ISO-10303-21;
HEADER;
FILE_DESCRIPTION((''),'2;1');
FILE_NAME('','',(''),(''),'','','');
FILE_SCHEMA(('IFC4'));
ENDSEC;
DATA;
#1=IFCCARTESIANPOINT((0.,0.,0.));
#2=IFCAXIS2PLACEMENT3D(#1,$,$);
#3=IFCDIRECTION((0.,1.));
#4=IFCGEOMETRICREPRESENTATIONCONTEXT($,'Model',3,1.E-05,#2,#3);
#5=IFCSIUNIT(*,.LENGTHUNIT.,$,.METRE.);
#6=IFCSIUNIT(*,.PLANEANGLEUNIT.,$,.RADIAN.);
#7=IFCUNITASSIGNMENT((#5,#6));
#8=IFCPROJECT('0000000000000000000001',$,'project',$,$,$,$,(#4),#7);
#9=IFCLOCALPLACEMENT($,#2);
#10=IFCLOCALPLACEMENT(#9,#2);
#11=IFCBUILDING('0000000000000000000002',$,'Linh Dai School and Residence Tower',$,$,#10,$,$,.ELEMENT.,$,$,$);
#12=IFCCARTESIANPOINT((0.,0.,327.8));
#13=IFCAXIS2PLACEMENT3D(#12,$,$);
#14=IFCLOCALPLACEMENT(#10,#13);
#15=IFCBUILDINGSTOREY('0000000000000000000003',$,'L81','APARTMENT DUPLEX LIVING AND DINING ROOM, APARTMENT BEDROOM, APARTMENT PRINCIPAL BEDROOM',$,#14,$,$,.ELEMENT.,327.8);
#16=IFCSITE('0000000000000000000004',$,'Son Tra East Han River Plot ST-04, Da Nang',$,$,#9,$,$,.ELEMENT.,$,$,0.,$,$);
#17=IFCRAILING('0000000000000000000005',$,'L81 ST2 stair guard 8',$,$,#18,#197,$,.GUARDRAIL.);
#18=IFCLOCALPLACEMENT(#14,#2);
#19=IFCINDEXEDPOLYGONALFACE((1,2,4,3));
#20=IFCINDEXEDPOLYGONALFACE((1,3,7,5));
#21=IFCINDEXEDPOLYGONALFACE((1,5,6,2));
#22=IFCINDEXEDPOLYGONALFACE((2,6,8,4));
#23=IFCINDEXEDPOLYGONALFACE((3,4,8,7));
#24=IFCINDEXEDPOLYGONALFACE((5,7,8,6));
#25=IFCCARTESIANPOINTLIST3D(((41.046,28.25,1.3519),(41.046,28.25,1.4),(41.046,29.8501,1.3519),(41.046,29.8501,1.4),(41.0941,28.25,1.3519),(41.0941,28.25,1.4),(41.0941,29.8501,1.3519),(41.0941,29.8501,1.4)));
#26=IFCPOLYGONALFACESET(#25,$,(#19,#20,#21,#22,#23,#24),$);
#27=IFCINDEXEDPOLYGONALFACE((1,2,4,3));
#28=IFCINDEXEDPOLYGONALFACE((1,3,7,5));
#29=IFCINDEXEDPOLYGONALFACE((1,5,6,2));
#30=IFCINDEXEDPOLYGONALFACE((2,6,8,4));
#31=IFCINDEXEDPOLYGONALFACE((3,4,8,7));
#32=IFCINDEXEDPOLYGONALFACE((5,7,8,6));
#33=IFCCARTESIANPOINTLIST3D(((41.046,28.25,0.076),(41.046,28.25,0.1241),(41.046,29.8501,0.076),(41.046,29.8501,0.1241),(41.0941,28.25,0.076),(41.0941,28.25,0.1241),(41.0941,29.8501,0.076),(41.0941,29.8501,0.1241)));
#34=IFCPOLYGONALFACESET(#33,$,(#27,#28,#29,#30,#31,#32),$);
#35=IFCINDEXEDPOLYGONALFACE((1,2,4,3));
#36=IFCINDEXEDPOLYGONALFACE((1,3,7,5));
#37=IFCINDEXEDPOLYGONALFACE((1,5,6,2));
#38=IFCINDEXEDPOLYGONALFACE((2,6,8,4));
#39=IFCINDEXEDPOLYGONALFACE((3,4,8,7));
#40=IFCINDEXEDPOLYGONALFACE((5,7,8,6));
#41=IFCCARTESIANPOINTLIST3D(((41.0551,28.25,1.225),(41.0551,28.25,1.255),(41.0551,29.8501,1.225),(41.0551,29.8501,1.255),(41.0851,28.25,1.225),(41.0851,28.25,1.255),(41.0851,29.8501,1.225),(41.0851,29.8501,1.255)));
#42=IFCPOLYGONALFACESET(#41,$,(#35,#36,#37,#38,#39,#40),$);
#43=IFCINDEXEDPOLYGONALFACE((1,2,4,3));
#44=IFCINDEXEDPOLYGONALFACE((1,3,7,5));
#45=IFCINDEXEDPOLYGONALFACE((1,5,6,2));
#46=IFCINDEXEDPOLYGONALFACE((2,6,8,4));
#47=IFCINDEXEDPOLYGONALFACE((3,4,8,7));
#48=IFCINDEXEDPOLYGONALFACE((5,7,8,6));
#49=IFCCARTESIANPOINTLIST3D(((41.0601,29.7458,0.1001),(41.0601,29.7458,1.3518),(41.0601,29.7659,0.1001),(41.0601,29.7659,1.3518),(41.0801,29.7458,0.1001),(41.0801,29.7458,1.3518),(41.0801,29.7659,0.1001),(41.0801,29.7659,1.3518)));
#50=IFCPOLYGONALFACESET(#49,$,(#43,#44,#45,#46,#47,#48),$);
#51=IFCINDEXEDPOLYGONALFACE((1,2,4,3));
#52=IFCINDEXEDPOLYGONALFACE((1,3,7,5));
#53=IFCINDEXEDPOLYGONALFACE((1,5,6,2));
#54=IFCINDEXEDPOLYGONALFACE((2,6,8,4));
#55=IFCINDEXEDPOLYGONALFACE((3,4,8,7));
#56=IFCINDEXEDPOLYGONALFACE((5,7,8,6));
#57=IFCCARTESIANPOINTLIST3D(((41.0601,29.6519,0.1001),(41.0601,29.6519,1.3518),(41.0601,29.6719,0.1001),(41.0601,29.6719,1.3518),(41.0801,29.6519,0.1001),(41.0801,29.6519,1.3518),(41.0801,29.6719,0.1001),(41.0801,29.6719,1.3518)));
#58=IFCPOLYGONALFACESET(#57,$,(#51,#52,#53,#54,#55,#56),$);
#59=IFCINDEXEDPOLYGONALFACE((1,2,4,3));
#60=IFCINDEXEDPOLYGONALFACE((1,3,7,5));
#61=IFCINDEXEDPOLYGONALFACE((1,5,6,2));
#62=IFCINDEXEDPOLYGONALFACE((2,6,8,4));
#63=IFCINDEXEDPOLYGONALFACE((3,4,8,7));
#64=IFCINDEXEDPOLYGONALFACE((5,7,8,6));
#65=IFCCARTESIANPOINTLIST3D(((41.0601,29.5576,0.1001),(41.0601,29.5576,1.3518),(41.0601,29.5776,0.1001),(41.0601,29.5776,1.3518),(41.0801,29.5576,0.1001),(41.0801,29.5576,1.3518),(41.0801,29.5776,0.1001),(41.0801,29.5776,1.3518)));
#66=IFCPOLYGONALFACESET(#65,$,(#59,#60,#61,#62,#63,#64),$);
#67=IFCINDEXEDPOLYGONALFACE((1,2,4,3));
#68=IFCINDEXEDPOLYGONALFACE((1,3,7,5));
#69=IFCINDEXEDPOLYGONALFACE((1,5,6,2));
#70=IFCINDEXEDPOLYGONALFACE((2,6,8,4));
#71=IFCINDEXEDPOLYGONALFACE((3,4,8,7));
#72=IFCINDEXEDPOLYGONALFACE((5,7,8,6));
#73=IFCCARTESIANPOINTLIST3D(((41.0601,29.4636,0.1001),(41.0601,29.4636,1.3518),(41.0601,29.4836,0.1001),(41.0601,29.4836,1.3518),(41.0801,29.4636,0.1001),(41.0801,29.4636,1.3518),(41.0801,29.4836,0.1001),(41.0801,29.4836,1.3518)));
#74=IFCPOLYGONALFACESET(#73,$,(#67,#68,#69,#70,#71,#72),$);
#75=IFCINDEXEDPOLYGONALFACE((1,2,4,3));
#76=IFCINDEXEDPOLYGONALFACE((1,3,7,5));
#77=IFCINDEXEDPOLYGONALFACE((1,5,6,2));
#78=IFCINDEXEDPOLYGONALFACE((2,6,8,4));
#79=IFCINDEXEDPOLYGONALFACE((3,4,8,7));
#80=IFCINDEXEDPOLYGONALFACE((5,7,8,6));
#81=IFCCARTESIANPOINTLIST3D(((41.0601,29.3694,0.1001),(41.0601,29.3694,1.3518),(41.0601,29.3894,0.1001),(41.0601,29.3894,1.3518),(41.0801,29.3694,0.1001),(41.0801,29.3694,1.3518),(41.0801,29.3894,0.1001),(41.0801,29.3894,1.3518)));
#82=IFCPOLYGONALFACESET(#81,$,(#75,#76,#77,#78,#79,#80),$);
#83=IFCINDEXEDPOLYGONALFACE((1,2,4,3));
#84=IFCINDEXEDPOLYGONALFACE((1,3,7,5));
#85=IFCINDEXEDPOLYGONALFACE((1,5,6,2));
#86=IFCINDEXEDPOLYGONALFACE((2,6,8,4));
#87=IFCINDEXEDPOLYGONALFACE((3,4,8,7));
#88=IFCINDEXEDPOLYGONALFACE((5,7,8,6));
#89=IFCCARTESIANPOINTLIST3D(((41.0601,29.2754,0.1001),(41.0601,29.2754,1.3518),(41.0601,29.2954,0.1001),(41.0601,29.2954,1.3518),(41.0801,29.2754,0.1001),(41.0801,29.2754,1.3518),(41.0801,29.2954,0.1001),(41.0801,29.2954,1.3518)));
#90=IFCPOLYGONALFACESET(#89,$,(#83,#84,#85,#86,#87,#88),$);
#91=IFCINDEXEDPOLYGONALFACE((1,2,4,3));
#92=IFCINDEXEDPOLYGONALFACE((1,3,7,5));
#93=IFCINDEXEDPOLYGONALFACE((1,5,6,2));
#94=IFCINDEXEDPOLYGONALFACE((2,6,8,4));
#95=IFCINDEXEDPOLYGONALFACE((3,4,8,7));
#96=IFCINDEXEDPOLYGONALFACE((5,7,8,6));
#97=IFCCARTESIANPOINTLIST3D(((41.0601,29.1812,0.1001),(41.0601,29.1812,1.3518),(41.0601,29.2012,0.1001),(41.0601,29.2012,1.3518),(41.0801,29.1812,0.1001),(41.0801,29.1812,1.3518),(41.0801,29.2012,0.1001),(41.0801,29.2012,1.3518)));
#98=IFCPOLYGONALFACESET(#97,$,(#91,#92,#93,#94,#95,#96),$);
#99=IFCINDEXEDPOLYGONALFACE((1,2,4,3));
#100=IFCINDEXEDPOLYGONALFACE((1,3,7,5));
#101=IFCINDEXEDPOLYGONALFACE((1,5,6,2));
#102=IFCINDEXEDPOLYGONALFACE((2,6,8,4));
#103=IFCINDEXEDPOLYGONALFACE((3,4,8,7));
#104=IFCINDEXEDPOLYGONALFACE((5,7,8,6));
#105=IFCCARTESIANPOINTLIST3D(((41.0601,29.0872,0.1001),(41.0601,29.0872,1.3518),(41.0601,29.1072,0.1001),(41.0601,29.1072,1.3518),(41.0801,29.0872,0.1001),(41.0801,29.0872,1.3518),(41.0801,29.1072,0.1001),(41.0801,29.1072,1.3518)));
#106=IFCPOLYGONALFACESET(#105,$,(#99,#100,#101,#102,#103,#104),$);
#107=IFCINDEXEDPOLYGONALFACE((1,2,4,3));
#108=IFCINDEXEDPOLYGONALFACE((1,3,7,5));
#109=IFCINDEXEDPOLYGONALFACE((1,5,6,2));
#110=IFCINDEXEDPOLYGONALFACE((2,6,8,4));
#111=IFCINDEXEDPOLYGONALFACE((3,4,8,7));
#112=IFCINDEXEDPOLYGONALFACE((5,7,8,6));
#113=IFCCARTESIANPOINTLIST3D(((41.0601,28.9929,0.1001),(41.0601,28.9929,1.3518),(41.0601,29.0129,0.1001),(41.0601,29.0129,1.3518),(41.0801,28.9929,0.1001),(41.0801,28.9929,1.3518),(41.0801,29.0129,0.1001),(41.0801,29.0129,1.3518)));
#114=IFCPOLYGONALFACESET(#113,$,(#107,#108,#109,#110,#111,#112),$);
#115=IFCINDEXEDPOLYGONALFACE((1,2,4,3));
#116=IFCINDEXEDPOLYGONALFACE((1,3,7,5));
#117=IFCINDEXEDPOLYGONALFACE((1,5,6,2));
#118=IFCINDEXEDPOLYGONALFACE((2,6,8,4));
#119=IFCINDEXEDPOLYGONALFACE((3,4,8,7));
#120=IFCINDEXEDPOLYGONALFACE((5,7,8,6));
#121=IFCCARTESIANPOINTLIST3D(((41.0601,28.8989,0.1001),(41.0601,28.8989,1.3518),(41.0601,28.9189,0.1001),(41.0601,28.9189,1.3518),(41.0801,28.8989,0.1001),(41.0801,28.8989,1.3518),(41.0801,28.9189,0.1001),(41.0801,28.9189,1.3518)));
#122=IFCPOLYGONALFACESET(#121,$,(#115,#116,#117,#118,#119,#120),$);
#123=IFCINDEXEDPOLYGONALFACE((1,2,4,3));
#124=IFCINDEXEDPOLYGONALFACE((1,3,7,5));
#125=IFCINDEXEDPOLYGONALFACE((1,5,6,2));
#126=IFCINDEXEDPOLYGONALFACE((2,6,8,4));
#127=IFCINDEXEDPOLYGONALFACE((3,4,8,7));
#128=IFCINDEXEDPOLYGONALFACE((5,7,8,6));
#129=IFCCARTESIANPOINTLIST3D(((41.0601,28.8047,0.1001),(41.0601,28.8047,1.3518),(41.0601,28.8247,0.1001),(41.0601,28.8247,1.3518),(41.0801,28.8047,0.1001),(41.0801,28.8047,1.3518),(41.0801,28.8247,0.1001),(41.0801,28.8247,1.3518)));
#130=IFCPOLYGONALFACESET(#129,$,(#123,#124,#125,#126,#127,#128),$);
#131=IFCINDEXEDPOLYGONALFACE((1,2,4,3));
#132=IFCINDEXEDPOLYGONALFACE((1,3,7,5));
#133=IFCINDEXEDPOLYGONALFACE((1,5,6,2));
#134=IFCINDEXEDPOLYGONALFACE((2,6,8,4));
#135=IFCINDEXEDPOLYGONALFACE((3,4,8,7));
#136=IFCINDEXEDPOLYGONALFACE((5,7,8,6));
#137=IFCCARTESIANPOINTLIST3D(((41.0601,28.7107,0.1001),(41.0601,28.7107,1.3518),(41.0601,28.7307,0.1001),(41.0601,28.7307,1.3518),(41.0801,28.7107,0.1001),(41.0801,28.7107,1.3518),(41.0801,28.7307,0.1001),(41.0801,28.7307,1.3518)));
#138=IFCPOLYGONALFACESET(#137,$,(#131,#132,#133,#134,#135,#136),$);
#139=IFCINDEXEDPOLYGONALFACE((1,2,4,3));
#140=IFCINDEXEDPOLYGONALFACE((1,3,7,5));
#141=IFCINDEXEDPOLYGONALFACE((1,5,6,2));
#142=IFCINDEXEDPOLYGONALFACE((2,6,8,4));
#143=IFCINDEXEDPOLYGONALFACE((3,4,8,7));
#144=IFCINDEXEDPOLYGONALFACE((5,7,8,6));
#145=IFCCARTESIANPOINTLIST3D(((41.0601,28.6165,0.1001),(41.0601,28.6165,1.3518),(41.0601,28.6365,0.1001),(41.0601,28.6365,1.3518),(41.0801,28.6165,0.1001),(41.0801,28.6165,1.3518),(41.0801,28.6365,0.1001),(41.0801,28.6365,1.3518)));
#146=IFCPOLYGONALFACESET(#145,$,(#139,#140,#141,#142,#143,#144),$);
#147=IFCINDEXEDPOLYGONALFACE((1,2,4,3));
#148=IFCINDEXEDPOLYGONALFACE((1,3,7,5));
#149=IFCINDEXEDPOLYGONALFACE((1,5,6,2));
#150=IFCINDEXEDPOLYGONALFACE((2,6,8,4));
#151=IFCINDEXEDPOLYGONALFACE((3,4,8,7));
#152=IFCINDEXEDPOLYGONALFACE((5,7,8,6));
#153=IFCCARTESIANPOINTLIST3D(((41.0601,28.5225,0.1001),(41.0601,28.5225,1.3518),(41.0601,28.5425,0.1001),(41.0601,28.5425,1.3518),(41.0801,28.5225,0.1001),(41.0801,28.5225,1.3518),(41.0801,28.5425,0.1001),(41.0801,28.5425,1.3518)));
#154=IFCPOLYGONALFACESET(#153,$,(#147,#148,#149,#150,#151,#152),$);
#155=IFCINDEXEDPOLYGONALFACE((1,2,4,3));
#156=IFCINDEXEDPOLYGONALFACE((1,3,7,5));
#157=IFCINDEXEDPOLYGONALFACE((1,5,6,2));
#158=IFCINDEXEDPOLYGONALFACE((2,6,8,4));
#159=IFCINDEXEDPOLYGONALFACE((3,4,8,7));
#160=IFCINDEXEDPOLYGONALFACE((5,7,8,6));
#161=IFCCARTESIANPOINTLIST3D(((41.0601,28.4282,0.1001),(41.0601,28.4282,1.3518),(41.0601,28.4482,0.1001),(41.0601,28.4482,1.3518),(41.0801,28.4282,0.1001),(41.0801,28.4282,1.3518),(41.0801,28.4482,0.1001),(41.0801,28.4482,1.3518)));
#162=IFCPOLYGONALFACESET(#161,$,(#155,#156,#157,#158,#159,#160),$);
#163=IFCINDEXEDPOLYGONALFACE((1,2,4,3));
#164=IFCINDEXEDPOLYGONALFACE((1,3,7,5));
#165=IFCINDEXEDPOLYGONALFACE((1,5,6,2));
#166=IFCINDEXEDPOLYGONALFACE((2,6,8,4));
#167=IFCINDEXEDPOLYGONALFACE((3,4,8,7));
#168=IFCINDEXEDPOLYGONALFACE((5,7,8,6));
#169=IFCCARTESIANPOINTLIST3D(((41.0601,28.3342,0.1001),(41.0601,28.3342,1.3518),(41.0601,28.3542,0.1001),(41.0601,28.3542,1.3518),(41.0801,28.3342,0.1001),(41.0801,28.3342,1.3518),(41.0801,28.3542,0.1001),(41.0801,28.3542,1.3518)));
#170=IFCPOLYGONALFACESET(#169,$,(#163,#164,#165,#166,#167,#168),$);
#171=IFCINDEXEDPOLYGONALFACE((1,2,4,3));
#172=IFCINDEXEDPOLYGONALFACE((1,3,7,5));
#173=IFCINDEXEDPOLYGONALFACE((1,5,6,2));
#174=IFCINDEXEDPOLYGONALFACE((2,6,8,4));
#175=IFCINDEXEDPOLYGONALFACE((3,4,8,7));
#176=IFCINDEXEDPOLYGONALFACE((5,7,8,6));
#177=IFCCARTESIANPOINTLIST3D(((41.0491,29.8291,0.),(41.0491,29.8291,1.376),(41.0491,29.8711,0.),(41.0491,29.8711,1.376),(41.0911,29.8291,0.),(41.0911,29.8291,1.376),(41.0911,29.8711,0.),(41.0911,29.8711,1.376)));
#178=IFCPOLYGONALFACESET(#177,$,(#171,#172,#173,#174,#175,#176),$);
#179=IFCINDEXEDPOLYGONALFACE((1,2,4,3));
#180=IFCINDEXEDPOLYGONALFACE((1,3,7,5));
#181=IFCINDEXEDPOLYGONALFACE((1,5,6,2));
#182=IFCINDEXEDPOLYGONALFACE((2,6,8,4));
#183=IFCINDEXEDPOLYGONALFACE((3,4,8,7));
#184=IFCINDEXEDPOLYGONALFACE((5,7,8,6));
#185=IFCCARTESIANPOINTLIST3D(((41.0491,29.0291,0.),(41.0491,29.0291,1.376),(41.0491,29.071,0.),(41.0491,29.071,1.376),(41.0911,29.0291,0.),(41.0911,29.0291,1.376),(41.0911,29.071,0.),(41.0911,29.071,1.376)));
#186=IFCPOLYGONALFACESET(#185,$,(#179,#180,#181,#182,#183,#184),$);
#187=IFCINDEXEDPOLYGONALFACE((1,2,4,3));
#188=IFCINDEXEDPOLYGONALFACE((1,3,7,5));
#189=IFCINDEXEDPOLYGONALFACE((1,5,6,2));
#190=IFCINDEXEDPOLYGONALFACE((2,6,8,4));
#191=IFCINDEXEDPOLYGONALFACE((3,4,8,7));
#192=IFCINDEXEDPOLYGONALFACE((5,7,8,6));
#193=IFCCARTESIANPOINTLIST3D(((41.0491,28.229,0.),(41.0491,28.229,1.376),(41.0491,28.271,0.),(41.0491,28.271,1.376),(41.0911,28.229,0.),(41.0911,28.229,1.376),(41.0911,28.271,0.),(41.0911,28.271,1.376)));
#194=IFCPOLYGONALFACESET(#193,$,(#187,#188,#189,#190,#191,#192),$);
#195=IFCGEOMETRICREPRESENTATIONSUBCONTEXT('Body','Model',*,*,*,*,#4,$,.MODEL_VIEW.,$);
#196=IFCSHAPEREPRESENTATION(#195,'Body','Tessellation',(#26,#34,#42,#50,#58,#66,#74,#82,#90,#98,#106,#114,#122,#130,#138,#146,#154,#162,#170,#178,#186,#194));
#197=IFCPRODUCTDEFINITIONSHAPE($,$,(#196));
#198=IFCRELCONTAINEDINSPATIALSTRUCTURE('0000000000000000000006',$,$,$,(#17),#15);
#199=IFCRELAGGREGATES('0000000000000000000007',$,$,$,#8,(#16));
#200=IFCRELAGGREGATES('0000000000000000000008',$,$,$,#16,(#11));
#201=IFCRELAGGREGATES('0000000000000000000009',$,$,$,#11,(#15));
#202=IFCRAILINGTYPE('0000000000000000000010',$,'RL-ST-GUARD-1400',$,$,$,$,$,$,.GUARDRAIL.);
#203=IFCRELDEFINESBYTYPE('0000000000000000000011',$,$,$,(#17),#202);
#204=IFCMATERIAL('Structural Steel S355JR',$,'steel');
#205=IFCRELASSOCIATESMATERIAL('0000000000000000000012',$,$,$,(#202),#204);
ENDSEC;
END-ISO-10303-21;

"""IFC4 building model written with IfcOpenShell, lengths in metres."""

from ifc_helpers import new_model, si_unit, direction, frame, origin, origin_2d, place, context, subcontext, project, spatial, rectangle, extrude, source, transform, mapped, material, type_object, element, save


model = new_model("IFC4")

# Units and contexts
model_context = context("Model", 3, precision=1e-05, world=origin(), true_north=direction((0.0, 1.0)))
body_context = subcontext(model_context, "Body", "Model", "MODEL_VIEW")
ifc_project = project(units=[si_unit("LENGTHUNIT", "METRE"), si_unit("PLANEANGLEUNIT", "RADIAN")], contexts=[model_context])

# Site, building, storey
site_placement = place(None, origin())
site = spatial("IfcSite", under=ifc_project, at=site_placement, Name="Son Tra East Han River Plot ST-04, Da Nang", CompositionType="ELEMENT", RefElevation=0.0)
building_placement = place(site_placement, origin())
building = spatial("IfcBuilding", under=site, at=building_placement, Name="Linh Dai School and Residence Tower", CompositionType="ELEMENT")
storey_placement = place(building_placement, frame((0.0, 0.0, 327.8)))
storey = spatial("IfcBuildingStorey", under=building, at=storey_placement, Name="L81", Description="APARTMENT DUPLEX LIVING AND DINING ROOM, APARTMENT BEDROOM, APARTMENT PRINCIPAL BEDROOM", CompositionType="ELEMENT", Elevation=327.8)

# Shared definitions
ifc_material_1 = material(Name="Structural Steel S355JR", Category="steel")

# Railing
railing_type_1 = type_object("IfcRailingType", Name="RL-ST-GUARD-1400", PredefinedType="GUARDRAIL", material=ifc_material_1)
shared_shape_1 = source(origin(), body_context, "Body", "SweptSolid", [
    extrude(rectangle(XDim=0.0481, YDim=0.0481, at=origin_2d()), frame((0.0, 0.0, 1.376), z_axis=(0.0, -1.0, 0.0), x_axis=(1.0, 0.0, 0.0)), (0.0, 0.0, 1.0), 1.6001),
    extrude(rectangle(XDim=0.0481, YDim=0.0481, at=origin_2d()), frame((0.0, 0.0, 0.1001), z_axis=(0.0, -1.0, 0.0), x_axis=(1.0, 0.0, 0.0)), (0.0, 0.0, 1.0), 1.6001),
    extrude(rectangle(XDim=0.03, YDim=0.03, at=origin_2d()), frame((0.0, 0.0, 1.24), z_axis=(0.0, -1.0, 0.0), x_axis=(1.0, 0.0, 0.0)), (0.0, 0.0, 1.0), 1.6001),
    extrude(rectangle(XDim=0.02, YDim=0.02, at=origin_2d()), frame((0.0, -0.0942, 0.1001)), (0.0, 0.0, 1.0), 1.2517),
    extrude(rectangle(XDim=0.02, YDim=0.02, at=origin_2d()), frame((0.0, -0.1882, 0.1001)), (0.0, 0.0, 1.0), 1.2517),
    extrude(rectangle(XDim=0.02, YDim=0.02, at=origin_2d()), frame((0.0, -0.2825, 0.1001)), (0.0, 0.0, 1.0), 1.2517),
    extrude(rectangle(XDim=0.02, YDim=0.02, at=origin_2d()), frame((0.0, -0.3765, 0.1001)), (0.0, 0.0, 1.0), 1.2517),
    extrude(rectangle(XDim=0.02, YDim=0.02, at=origin_2d()), frame((0.0, -0.4707, 0.1001)), (0.0, 0.0, 1.0), 1.2517),
    extrude(rectangle(XDim=0.02, YDim=0.02, at=origin_2d()), frame((0.0, -0.5647, 0.1001)), (0.0, 0.0, 1.0), 1.2517),
    extrude(rectangle(XDim=0.02, YDim=0.02, at=origin_2d()), frame((0.0, -0.6589, 0.1001)), (0.0, 0.0, 1.0), 1.2517),
    extrude(rectangle(XDim=0.02, YDim=0.02, at=origin_2d()), frame((0.0, -0.7529, 0.1001)), (0.0, 0.0, 1.0), 1.2517),
    extrude(rectangle(XDim=0.02, YDim=0.02, at=origin_2d()), frame((0.0, -0.8472, 0.1001)), (0.0, 0.0, 1.0), 1.2517),
    extrude(rectangle(XDim=0.02, YDim=0.02, at=origin_2d()), frame((0.0, -0.9412, 0.1001)), (0.0, 0.0, 1.0), 1.2517),
    extrude(rectangle(XDim=0.02, YDim=0.02, at=origin_2d()), frame((0.0, -1.0354, 0.1001)), (0.0, 0.0, 1.0), 1.2517),
    extrude(rectangle(XDim=0.02, YDim=0.02, at=origin_2d()), frame((0.0, -1.1294, 0.1001)), (0.0, 0.0, 1.0), 1.2517),
    extrude(rectangle(XDim=0.02, YDim=0.02, at=origin_2d()), frame((0.0, -1.2236, 0.1001)), (0.0, 0.0, 1.0), 1.2517),
    extrude(rectangle(XDim=0.02, YDim=0.02, at=origin_2d()), frame((0.0, -1.3176, 0.1001)), (0.0, 0.0, 1.0), 1.2517),
    extrude(rectangle(XDim=0.02, YDim=0.02, at=origin_2d()), frame((0.0, -1.4119, 0.1001)), (0.0, 0.0, 1.0), 1.2517),
    extrude(rectangle(XDim=0.02, YDim=0.02, at=origin_2d()), frame((0.0, -1.5059, 0.1001)), (0.0, 0.0, 1.0), 1.2517),
    extrude(rectangle(XDim=0.042, YDim=0.042, at=origin_2d()), origin(), (0.0, 0.0, 1.0), 1.376),
    extrude(rectangle(XDim=0.042, YDim=0.042, at=origin_2d()), frame((0.0, -0.8, 0.0)), (0.0, 0.0, 1.0), 1.376),
    extrude(rectangle(XDim=0.042, YDim=0.042, at=origin_2d()), frame((0.0, -1.6001, 0.0)), (0.0, 0.0, 1.0), 1.376),
])
for number, where, name in (
    (1, (41.0701, 29.8501, 0.0), "L81 ST2 stair guard 8"),
):
    element("IfcRailing", number, at=place(storey_placement, frame(where)), inside=storey, type_object=railing_type_1, Name=name, PredefinedType="GUARDRAIL", context=body_context, shape_type="MappedRepresentation", body=[
        mapped(shared_shape_1, transform((0.0, 0.0, 0.0), x_axis=(1.0, 0.0, 0.0), y_axis=(0.0, 1.0, 0.0), z_axis=(0.0, 0.0, 1.0), scale=1.0)),
    ])

save(model, "model.ifc")
